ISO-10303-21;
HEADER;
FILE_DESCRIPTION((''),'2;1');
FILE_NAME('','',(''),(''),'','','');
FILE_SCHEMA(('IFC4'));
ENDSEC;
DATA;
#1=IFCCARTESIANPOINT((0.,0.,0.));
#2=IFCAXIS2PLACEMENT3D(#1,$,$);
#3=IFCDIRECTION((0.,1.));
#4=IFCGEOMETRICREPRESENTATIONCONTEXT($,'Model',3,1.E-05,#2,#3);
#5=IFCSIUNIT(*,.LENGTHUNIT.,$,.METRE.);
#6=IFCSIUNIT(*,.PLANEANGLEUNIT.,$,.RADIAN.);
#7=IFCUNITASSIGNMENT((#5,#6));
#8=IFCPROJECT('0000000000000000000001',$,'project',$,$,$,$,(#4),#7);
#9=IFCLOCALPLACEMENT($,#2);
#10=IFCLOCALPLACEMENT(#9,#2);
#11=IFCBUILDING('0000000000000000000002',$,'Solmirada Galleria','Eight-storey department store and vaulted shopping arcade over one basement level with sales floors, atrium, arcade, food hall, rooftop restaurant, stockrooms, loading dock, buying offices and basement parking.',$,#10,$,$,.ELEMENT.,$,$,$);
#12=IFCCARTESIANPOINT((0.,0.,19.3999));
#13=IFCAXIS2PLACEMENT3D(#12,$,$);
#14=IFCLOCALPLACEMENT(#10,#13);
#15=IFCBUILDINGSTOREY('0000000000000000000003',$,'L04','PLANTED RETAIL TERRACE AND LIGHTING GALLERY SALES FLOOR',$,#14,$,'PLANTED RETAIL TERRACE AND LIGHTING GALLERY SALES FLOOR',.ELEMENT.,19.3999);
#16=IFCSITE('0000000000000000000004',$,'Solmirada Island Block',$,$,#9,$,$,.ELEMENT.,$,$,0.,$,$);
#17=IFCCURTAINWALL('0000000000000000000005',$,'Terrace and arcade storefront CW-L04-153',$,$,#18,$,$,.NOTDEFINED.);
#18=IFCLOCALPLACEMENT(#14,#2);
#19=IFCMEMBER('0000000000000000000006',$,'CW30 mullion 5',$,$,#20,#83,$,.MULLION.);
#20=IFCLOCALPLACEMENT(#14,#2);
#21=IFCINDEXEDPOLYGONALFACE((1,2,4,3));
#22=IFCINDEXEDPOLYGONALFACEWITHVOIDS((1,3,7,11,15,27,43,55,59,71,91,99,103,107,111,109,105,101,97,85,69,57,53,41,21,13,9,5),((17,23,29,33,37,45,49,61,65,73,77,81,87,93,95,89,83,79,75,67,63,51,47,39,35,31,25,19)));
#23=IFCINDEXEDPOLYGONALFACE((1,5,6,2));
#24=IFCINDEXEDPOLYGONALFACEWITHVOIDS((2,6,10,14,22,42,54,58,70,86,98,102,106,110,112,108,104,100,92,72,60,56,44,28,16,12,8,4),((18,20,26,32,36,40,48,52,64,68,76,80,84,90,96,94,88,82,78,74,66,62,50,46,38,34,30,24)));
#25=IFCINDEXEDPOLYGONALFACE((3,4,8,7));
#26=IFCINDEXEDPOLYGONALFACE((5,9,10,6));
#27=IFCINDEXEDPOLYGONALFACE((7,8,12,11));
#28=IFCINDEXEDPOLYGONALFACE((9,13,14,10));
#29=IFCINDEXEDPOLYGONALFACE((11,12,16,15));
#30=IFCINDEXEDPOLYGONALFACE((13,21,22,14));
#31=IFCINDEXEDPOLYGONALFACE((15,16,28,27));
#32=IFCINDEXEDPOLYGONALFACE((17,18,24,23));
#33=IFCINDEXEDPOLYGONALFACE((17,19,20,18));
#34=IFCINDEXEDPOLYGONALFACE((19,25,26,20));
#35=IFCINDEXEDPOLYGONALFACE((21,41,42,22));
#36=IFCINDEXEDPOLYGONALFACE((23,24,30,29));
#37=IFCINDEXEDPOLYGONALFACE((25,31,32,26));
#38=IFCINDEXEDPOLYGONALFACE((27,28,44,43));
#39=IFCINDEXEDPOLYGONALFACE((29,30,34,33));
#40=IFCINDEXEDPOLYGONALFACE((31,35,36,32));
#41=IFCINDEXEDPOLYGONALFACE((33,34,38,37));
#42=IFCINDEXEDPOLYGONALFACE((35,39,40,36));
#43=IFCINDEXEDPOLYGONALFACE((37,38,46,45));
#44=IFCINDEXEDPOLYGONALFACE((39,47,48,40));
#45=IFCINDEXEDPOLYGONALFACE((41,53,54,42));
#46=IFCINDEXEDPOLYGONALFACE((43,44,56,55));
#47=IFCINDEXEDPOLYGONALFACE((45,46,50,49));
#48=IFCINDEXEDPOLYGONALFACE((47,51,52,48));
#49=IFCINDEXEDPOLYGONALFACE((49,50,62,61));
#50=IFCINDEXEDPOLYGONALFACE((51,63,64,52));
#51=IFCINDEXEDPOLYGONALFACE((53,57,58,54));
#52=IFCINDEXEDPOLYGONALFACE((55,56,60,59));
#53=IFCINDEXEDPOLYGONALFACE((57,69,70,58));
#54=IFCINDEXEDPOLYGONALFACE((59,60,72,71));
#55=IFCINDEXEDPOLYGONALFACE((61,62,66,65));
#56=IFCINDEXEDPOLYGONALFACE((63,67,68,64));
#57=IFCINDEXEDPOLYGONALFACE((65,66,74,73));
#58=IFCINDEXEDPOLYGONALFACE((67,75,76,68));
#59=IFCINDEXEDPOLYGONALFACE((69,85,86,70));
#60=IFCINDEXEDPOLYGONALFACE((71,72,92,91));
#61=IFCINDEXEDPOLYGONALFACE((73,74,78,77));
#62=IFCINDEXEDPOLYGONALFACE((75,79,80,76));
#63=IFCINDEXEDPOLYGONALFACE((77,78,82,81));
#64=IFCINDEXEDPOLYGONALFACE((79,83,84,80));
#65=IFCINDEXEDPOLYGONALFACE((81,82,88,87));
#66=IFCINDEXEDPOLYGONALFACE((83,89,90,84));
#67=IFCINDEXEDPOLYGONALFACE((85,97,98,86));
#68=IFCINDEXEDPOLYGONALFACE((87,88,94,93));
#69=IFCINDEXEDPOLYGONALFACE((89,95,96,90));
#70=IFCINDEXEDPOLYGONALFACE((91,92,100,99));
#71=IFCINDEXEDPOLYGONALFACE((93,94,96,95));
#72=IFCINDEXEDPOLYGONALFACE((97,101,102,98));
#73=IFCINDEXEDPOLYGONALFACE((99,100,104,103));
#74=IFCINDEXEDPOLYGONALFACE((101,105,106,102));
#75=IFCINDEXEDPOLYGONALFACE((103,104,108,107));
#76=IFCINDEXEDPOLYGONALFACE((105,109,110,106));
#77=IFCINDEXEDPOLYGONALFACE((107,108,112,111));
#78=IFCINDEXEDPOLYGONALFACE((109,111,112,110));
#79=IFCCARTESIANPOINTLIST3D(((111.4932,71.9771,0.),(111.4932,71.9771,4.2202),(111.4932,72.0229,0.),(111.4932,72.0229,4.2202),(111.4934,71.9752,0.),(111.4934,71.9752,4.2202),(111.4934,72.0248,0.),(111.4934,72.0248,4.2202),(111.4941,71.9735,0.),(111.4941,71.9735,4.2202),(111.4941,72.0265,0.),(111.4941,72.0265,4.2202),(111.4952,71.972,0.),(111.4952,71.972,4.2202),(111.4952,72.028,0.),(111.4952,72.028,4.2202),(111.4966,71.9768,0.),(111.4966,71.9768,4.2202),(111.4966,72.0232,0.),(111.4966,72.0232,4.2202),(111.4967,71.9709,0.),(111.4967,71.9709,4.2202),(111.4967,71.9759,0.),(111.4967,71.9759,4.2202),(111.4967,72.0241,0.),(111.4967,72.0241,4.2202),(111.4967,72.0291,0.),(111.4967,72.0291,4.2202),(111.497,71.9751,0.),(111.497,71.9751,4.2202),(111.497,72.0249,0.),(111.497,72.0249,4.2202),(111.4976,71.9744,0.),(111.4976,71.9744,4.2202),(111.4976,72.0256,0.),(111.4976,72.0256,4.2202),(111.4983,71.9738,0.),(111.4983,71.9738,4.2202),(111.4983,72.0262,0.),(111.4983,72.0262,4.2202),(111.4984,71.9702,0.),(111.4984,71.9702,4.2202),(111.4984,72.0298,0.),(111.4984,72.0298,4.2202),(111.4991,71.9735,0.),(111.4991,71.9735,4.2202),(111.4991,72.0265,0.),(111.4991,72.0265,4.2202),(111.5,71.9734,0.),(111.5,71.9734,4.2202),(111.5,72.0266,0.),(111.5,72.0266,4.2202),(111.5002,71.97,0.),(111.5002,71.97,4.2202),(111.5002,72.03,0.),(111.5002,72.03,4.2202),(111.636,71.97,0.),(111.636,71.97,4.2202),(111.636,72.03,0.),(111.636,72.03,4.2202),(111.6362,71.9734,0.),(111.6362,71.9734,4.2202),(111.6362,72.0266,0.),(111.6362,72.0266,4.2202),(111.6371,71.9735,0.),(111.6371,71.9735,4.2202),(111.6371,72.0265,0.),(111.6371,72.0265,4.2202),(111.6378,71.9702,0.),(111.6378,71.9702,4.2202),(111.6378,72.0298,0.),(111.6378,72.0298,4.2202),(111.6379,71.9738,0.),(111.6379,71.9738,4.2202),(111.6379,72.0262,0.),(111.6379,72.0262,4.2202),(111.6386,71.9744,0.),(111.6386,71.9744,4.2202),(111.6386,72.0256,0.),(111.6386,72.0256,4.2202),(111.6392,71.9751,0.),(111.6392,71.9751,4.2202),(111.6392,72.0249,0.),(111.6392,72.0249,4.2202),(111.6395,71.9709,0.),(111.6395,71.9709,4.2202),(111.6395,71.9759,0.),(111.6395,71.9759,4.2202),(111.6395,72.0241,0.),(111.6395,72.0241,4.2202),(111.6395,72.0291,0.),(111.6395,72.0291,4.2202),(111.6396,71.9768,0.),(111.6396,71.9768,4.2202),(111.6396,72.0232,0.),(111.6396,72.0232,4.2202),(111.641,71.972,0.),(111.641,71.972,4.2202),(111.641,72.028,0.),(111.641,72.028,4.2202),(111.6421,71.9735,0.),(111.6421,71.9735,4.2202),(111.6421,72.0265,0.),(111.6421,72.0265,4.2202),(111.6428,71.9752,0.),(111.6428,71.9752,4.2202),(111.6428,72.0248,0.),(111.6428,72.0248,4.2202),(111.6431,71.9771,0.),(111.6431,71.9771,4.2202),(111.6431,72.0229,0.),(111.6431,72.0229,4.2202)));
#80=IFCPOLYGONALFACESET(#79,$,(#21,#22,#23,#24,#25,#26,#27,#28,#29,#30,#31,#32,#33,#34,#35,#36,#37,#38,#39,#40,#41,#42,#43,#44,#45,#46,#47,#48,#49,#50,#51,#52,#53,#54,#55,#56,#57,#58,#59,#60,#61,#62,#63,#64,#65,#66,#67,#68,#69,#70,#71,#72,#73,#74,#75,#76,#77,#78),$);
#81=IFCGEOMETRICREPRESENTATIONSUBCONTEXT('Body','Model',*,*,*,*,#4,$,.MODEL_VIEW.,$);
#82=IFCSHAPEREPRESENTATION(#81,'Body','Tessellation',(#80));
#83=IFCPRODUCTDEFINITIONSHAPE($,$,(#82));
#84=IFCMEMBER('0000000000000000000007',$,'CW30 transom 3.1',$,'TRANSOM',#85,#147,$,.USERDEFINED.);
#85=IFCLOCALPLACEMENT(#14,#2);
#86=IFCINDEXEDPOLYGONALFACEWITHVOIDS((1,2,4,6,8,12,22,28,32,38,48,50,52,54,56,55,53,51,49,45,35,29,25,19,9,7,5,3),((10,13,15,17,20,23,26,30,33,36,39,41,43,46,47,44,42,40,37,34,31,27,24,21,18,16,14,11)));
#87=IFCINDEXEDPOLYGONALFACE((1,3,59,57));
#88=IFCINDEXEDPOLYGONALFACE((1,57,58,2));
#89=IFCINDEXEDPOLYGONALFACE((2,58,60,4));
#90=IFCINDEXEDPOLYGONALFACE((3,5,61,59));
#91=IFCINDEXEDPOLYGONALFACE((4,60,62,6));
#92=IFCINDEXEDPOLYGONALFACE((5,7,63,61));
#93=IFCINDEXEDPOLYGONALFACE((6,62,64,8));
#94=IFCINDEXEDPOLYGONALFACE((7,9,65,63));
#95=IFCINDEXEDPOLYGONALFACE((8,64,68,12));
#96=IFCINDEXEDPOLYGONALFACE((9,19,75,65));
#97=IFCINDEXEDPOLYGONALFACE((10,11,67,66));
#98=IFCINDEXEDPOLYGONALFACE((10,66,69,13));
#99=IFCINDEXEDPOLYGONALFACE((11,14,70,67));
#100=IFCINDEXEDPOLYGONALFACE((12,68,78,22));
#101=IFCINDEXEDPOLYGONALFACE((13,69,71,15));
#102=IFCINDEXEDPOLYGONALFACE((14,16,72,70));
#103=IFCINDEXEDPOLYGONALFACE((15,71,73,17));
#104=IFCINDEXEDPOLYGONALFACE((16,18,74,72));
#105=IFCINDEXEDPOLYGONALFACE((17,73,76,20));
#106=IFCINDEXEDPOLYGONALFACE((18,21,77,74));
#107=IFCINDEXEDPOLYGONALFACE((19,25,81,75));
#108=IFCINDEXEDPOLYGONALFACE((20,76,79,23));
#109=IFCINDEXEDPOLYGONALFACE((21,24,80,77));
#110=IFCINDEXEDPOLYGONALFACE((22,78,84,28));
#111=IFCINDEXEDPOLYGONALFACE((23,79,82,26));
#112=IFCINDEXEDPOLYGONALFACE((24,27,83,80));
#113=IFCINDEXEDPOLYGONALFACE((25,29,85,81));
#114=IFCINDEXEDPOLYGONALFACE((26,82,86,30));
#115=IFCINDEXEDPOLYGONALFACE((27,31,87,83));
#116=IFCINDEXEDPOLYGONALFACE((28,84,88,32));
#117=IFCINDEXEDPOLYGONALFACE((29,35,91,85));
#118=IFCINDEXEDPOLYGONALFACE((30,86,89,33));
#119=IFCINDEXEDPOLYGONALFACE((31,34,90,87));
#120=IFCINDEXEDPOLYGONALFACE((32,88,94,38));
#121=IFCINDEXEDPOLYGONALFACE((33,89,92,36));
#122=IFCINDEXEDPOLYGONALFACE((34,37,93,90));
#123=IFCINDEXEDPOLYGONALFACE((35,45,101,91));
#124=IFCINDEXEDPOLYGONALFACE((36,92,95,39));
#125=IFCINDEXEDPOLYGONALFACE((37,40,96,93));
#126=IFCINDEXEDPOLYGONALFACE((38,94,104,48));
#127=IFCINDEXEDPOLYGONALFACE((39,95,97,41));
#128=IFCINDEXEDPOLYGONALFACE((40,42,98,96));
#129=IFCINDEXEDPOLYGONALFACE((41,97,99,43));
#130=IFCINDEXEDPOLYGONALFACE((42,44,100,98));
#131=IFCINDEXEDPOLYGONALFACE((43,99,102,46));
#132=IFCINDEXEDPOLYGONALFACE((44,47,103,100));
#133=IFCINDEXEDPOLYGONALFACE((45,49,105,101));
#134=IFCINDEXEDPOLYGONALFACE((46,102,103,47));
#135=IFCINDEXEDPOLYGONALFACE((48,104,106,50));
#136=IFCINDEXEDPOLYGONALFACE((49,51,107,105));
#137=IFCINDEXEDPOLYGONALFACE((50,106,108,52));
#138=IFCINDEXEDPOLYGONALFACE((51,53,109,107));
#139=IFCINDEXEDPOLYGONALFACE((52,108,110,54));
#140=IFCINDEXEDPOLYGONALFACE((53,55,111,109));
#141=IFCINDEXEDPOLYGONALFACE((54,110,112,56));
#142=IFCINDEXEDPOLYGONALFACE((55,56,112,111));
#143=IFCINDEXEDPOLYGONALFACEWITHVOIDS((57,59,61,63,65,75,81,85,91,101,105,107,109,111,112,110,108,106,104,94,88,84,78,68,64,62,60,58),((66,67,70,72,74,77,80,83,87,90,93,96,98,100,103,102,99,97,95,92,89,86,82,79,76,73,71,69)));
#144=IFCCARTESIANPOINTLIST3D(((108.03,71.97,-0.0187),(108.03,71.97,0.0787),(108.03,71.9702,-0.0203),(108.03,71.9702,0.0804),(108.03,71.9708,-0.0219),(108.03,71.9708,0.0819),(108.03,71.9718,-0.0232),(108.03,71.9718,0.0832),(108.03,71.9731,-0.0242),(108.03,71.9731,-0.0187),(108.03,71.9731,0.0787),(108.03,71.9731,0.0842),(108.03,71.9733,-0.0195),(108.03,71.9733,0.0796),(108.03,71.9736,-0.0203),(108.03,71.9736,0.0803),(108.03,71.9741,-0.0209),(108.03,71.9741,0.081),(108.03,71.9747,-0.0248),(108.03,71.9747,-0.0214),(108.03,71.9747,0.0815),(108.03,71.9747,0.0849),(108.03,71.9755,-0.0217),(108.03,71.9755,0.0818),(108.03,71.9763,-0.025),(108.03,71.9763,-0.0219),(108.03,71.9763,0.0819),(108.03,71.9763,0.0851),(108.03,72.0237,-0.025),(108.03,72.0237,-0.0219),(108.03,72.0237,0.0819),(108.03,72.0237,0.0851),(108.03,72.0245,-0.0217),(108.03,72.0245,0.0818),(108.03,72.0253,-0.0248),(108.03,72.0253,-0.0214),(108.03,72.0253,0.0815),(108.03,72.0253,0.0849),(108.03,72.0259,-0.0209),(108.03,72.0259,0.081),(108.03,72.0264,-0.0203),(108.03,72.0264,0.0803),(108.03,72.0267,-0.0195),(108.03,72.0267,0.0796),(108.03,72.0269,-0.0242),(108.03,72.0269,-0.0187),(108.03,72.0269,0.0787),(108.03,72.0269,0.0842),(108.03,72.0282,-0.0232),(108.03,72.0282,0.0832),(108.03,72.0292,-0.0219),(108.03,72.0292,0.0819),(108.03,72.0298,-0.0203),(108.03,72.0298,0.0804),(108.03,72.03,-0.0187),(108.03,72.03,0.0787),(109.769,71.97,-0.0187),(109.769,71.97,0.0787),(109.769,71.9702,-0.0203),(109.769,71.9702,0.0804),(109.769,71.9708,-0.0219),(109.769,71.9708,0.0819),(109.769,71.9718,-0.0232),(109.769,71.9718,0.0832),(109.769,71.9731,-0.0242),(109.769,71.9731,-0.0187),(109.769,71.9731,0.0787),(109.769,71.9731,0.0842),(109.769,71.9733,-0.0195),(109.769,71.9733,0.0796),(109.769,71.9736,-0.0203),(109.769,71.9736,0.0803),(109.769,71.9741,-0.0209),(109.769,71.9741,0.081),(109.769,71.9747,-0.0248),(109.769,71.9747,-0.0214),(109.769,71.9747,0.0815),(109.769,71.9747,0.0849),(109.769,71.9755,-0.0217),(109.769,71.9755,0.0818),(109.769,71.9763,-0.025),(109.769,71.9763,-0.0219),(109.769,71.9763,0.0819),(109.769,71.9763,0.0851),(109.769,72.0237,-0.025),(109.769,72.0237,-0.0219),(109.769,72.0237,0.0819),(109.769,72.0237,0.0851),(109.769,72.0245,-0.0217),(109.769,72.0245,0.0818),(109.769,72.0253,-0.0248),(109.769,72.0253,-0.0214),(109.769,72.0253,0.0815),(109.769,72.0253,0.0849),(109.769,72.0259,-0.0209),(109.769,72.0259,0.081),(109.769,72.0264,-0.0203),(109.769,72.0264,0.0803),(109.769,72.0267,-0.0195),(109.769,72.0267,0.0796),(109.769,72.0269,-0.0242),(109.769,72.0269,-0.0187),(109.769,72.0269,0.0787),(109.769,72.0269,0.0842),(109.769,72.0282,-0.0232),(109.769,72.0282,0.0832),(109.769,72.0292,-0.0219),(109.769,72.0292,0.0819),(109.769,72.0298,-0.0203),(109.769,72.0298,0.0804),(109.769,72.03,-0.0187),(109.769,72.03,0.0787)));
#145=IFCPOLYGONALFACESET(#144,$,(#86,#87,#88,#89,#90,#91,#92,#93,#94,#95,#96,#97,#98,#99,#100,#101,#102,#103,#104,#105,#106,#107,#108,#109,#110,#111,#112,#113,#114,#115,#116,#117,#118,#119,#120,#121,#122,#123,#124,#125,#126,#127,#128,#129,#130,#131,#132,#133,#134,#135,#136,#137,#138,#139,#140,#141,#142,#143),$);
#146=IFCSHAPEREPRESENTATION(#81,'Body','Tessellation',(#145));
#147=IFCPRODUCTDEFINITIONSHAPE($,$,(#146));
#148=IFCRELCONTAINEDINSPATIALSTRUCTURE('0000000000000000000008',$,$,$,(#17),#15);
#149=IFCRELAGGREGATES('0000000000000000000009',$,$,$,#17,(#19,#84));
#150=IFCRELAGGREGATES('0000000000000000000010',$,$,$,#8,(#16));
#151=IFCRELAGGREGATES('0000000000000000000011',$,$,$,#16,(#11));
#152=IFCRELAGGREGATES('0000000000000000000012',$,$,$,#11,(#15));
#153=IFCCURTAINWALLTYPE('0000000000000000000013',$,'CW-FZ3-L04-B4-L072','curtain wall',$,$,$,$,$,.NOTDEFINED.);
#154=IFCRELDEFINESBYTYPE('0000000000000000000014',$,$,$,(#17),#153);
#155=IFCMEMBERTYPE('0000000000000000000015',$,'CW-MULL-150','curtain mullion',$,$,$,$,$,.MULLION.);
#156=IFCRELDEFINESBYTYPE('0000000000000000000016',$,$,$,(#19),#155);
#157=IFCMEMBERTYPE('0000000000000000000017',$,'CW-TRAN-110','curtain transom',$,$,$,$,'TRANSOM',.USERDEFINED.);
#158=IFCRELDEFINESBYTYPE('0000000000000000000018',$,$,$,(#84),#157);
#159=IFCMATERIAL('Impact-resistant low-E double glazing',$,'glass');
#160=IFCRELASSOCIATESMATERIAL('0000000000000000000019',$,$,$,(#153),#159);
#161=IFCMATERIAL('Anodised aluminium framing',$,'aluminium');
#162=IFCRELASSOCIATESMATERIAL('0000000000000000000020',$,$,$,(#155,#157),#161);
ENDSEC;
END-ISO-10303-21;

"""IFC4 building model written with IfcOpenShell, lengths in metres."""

from ifc_helpers import new_model, si_unit, direction, frame, origin, origin_2d, place, context, subcontext, project, spatial, hollow_rectangle, extrude, material, material_profile, profile_set, type_object, element, aggregate, save


model = new_model("IFC4")

# Units and contexts
model_context = context("Model", 3, precision=1e-05, world=origin(), true_north=direction((0.0, 1.0)))
body_context = subcontext(model_context, "Body", "Model", "MODEL_VIEW")
ifc_project = project(units=[si_unit("LENGTHUNIT", "METRE"), si_unit("PLANEANGLEUNIT", "RADIAN")], contexts=[model_context])

# Site, building, storey
site_placement = place(None, origin())
site = spatial("IfcSite", under=ifc_project, at=site_placement, Name="Solmirada Island Block", CompositionType="ELEMENT", RefElevation=0.0)
building_placement = place(site_placement, origin())
building = spatial("IfcBuilding", under=site, at=building_placement, Name="Solmirada Galleria", Description="Eight-storey department store and vaulted shopping arcade over one basement level with sales floors, atrium, arcade, food hall, rooftop restaurant, stockrooms, loading dock, buying offices and basement parking.", CompositionType="ELEMENT")
storey_placement = place(building_placement, frame((0.0, 0.0, 19.3999)))
storey = spatial("IfcBuildingStorey", under=building, at=storey_placement, Name="L04", Description="PLANTED RETAIL TERRACE AND LIGHTING GALLERY SALES FLOOR", LongName="PLANTED RETAIL TERRACE AND LIGHTING GALLERY SALES FLOOR", CompositionType="ELEMENT", Elevation=19.3999)

# Curtain wall, members
ifc_material_1 = material(Name="Impact-resistant low-E double glazing", Category="glass")
curtain_wall_type = type_object("IfcCurtainWallType", Name="CW-FZ3-L04-B4-L072", Description="curtain wall", PredefinedType="NOTDEFINED", material=ifc_material_1)
curtain_wall_placement = place(storey_placement, origin())
curtain_wall = element("IfcCurtainWall", 1, at=curtain_wall_placement, inside=storey, type_object=curtain_wall_type, Name="Terrace and arcade storefront CW-L04-153", PredefinedType="NOTDEFINED")
ifc_material_2 = material(Name="Anodised aluminium framing", Category="aluminium")
ifc_material_profile_1 = material_profile(ifc_material_2, hollow_rectangle(XDim=0.0601, YDim=0.1499, WallThickness=0.0034, InnerFilletRadius=0.0034, OuterFilletRadius=0.0071, at=origin_2d()), Name="ALU-MULL-150X60")
ifc_profile_set_1 = profile_set([ifc_material_profile_1], Name="Anodised aluminium framing")
member_type_1 = type_object("IfcMemberType", Name="CW-MULL-150", Description="curtain mullion", PredefinedType="MULLION", material=ifc_profile_set_1)
member_1_placement = place(storey_placement, frame((111.5681, 72.0, 0.0), z_axis=(0.0, 0.0, 1.0), x_axis=(0.0, 1.0, 0.0)))
member_1 = element("IfcMember", 2, at=member_1_placement, type_object=member_type_1, Name="CW30 mullion 5", PredefinedType="MULLION", context=body_context, shape_type="SweptSolid", body=[
    extrude(hollow_rectangle(XDim=0.0601, YDim=0.1499, WallThickness=0.0034, InnerFilletRadius=0.0034, OuterFilletRadius=0.0071, at=origin_2d()), origin(), (0.0, 0.0, 1.0), 4.2202),
])
ifc_material_profile_2 = material_profile(ifc_material_2, hollow_rectangle(XDim=0.0601, YDim=0.1101, WallThickness=0.0032, InnerFilletRadius=0.0032, OuterFilletRadius=0.0063, at=origin_2d()), Name="ALU-TRAN-110X60")
ifc_profile_set_2 = profile_set([ifc_material_profile_2], Name="Anodised aluminium framing")
member_type_2 = type_object("IfcMemberType", Name="CW-TRAN-110", Description="curtain transom", ElementType="TRANSOM", PredefinedType="USERDEFINED", material=ifc_profile_set_2)
member_2_placement = place(storey_placement, frame((108.03, 72.0, 0.03), z_axis=(1.0, 0.0, 0.0), x_axis=(0.0, 1.0, 0.0)))
member_2 = element("IfcMember", 3, at=member_2_placement, type_object=member_type_2, Name="CW30 transom 3.1", ObjectType="TRANSOM", PredefinedType="USERDEFINED", context=body_context, shape_type="SweptSolid", body=[
    extrude(hollow_rectangle(XDim=0.0601, YDim=0.1101, WallThickness=0.0032, InnerFilletRadius=0.0032, OuterFilletRadius=0.0063, at=origin_2d()), origin(), (0.0, 0.0, 1.0), 1.739),
])
aggregate(curtain_wall, [member_1, member_2])

save(model, "model.ifc")
